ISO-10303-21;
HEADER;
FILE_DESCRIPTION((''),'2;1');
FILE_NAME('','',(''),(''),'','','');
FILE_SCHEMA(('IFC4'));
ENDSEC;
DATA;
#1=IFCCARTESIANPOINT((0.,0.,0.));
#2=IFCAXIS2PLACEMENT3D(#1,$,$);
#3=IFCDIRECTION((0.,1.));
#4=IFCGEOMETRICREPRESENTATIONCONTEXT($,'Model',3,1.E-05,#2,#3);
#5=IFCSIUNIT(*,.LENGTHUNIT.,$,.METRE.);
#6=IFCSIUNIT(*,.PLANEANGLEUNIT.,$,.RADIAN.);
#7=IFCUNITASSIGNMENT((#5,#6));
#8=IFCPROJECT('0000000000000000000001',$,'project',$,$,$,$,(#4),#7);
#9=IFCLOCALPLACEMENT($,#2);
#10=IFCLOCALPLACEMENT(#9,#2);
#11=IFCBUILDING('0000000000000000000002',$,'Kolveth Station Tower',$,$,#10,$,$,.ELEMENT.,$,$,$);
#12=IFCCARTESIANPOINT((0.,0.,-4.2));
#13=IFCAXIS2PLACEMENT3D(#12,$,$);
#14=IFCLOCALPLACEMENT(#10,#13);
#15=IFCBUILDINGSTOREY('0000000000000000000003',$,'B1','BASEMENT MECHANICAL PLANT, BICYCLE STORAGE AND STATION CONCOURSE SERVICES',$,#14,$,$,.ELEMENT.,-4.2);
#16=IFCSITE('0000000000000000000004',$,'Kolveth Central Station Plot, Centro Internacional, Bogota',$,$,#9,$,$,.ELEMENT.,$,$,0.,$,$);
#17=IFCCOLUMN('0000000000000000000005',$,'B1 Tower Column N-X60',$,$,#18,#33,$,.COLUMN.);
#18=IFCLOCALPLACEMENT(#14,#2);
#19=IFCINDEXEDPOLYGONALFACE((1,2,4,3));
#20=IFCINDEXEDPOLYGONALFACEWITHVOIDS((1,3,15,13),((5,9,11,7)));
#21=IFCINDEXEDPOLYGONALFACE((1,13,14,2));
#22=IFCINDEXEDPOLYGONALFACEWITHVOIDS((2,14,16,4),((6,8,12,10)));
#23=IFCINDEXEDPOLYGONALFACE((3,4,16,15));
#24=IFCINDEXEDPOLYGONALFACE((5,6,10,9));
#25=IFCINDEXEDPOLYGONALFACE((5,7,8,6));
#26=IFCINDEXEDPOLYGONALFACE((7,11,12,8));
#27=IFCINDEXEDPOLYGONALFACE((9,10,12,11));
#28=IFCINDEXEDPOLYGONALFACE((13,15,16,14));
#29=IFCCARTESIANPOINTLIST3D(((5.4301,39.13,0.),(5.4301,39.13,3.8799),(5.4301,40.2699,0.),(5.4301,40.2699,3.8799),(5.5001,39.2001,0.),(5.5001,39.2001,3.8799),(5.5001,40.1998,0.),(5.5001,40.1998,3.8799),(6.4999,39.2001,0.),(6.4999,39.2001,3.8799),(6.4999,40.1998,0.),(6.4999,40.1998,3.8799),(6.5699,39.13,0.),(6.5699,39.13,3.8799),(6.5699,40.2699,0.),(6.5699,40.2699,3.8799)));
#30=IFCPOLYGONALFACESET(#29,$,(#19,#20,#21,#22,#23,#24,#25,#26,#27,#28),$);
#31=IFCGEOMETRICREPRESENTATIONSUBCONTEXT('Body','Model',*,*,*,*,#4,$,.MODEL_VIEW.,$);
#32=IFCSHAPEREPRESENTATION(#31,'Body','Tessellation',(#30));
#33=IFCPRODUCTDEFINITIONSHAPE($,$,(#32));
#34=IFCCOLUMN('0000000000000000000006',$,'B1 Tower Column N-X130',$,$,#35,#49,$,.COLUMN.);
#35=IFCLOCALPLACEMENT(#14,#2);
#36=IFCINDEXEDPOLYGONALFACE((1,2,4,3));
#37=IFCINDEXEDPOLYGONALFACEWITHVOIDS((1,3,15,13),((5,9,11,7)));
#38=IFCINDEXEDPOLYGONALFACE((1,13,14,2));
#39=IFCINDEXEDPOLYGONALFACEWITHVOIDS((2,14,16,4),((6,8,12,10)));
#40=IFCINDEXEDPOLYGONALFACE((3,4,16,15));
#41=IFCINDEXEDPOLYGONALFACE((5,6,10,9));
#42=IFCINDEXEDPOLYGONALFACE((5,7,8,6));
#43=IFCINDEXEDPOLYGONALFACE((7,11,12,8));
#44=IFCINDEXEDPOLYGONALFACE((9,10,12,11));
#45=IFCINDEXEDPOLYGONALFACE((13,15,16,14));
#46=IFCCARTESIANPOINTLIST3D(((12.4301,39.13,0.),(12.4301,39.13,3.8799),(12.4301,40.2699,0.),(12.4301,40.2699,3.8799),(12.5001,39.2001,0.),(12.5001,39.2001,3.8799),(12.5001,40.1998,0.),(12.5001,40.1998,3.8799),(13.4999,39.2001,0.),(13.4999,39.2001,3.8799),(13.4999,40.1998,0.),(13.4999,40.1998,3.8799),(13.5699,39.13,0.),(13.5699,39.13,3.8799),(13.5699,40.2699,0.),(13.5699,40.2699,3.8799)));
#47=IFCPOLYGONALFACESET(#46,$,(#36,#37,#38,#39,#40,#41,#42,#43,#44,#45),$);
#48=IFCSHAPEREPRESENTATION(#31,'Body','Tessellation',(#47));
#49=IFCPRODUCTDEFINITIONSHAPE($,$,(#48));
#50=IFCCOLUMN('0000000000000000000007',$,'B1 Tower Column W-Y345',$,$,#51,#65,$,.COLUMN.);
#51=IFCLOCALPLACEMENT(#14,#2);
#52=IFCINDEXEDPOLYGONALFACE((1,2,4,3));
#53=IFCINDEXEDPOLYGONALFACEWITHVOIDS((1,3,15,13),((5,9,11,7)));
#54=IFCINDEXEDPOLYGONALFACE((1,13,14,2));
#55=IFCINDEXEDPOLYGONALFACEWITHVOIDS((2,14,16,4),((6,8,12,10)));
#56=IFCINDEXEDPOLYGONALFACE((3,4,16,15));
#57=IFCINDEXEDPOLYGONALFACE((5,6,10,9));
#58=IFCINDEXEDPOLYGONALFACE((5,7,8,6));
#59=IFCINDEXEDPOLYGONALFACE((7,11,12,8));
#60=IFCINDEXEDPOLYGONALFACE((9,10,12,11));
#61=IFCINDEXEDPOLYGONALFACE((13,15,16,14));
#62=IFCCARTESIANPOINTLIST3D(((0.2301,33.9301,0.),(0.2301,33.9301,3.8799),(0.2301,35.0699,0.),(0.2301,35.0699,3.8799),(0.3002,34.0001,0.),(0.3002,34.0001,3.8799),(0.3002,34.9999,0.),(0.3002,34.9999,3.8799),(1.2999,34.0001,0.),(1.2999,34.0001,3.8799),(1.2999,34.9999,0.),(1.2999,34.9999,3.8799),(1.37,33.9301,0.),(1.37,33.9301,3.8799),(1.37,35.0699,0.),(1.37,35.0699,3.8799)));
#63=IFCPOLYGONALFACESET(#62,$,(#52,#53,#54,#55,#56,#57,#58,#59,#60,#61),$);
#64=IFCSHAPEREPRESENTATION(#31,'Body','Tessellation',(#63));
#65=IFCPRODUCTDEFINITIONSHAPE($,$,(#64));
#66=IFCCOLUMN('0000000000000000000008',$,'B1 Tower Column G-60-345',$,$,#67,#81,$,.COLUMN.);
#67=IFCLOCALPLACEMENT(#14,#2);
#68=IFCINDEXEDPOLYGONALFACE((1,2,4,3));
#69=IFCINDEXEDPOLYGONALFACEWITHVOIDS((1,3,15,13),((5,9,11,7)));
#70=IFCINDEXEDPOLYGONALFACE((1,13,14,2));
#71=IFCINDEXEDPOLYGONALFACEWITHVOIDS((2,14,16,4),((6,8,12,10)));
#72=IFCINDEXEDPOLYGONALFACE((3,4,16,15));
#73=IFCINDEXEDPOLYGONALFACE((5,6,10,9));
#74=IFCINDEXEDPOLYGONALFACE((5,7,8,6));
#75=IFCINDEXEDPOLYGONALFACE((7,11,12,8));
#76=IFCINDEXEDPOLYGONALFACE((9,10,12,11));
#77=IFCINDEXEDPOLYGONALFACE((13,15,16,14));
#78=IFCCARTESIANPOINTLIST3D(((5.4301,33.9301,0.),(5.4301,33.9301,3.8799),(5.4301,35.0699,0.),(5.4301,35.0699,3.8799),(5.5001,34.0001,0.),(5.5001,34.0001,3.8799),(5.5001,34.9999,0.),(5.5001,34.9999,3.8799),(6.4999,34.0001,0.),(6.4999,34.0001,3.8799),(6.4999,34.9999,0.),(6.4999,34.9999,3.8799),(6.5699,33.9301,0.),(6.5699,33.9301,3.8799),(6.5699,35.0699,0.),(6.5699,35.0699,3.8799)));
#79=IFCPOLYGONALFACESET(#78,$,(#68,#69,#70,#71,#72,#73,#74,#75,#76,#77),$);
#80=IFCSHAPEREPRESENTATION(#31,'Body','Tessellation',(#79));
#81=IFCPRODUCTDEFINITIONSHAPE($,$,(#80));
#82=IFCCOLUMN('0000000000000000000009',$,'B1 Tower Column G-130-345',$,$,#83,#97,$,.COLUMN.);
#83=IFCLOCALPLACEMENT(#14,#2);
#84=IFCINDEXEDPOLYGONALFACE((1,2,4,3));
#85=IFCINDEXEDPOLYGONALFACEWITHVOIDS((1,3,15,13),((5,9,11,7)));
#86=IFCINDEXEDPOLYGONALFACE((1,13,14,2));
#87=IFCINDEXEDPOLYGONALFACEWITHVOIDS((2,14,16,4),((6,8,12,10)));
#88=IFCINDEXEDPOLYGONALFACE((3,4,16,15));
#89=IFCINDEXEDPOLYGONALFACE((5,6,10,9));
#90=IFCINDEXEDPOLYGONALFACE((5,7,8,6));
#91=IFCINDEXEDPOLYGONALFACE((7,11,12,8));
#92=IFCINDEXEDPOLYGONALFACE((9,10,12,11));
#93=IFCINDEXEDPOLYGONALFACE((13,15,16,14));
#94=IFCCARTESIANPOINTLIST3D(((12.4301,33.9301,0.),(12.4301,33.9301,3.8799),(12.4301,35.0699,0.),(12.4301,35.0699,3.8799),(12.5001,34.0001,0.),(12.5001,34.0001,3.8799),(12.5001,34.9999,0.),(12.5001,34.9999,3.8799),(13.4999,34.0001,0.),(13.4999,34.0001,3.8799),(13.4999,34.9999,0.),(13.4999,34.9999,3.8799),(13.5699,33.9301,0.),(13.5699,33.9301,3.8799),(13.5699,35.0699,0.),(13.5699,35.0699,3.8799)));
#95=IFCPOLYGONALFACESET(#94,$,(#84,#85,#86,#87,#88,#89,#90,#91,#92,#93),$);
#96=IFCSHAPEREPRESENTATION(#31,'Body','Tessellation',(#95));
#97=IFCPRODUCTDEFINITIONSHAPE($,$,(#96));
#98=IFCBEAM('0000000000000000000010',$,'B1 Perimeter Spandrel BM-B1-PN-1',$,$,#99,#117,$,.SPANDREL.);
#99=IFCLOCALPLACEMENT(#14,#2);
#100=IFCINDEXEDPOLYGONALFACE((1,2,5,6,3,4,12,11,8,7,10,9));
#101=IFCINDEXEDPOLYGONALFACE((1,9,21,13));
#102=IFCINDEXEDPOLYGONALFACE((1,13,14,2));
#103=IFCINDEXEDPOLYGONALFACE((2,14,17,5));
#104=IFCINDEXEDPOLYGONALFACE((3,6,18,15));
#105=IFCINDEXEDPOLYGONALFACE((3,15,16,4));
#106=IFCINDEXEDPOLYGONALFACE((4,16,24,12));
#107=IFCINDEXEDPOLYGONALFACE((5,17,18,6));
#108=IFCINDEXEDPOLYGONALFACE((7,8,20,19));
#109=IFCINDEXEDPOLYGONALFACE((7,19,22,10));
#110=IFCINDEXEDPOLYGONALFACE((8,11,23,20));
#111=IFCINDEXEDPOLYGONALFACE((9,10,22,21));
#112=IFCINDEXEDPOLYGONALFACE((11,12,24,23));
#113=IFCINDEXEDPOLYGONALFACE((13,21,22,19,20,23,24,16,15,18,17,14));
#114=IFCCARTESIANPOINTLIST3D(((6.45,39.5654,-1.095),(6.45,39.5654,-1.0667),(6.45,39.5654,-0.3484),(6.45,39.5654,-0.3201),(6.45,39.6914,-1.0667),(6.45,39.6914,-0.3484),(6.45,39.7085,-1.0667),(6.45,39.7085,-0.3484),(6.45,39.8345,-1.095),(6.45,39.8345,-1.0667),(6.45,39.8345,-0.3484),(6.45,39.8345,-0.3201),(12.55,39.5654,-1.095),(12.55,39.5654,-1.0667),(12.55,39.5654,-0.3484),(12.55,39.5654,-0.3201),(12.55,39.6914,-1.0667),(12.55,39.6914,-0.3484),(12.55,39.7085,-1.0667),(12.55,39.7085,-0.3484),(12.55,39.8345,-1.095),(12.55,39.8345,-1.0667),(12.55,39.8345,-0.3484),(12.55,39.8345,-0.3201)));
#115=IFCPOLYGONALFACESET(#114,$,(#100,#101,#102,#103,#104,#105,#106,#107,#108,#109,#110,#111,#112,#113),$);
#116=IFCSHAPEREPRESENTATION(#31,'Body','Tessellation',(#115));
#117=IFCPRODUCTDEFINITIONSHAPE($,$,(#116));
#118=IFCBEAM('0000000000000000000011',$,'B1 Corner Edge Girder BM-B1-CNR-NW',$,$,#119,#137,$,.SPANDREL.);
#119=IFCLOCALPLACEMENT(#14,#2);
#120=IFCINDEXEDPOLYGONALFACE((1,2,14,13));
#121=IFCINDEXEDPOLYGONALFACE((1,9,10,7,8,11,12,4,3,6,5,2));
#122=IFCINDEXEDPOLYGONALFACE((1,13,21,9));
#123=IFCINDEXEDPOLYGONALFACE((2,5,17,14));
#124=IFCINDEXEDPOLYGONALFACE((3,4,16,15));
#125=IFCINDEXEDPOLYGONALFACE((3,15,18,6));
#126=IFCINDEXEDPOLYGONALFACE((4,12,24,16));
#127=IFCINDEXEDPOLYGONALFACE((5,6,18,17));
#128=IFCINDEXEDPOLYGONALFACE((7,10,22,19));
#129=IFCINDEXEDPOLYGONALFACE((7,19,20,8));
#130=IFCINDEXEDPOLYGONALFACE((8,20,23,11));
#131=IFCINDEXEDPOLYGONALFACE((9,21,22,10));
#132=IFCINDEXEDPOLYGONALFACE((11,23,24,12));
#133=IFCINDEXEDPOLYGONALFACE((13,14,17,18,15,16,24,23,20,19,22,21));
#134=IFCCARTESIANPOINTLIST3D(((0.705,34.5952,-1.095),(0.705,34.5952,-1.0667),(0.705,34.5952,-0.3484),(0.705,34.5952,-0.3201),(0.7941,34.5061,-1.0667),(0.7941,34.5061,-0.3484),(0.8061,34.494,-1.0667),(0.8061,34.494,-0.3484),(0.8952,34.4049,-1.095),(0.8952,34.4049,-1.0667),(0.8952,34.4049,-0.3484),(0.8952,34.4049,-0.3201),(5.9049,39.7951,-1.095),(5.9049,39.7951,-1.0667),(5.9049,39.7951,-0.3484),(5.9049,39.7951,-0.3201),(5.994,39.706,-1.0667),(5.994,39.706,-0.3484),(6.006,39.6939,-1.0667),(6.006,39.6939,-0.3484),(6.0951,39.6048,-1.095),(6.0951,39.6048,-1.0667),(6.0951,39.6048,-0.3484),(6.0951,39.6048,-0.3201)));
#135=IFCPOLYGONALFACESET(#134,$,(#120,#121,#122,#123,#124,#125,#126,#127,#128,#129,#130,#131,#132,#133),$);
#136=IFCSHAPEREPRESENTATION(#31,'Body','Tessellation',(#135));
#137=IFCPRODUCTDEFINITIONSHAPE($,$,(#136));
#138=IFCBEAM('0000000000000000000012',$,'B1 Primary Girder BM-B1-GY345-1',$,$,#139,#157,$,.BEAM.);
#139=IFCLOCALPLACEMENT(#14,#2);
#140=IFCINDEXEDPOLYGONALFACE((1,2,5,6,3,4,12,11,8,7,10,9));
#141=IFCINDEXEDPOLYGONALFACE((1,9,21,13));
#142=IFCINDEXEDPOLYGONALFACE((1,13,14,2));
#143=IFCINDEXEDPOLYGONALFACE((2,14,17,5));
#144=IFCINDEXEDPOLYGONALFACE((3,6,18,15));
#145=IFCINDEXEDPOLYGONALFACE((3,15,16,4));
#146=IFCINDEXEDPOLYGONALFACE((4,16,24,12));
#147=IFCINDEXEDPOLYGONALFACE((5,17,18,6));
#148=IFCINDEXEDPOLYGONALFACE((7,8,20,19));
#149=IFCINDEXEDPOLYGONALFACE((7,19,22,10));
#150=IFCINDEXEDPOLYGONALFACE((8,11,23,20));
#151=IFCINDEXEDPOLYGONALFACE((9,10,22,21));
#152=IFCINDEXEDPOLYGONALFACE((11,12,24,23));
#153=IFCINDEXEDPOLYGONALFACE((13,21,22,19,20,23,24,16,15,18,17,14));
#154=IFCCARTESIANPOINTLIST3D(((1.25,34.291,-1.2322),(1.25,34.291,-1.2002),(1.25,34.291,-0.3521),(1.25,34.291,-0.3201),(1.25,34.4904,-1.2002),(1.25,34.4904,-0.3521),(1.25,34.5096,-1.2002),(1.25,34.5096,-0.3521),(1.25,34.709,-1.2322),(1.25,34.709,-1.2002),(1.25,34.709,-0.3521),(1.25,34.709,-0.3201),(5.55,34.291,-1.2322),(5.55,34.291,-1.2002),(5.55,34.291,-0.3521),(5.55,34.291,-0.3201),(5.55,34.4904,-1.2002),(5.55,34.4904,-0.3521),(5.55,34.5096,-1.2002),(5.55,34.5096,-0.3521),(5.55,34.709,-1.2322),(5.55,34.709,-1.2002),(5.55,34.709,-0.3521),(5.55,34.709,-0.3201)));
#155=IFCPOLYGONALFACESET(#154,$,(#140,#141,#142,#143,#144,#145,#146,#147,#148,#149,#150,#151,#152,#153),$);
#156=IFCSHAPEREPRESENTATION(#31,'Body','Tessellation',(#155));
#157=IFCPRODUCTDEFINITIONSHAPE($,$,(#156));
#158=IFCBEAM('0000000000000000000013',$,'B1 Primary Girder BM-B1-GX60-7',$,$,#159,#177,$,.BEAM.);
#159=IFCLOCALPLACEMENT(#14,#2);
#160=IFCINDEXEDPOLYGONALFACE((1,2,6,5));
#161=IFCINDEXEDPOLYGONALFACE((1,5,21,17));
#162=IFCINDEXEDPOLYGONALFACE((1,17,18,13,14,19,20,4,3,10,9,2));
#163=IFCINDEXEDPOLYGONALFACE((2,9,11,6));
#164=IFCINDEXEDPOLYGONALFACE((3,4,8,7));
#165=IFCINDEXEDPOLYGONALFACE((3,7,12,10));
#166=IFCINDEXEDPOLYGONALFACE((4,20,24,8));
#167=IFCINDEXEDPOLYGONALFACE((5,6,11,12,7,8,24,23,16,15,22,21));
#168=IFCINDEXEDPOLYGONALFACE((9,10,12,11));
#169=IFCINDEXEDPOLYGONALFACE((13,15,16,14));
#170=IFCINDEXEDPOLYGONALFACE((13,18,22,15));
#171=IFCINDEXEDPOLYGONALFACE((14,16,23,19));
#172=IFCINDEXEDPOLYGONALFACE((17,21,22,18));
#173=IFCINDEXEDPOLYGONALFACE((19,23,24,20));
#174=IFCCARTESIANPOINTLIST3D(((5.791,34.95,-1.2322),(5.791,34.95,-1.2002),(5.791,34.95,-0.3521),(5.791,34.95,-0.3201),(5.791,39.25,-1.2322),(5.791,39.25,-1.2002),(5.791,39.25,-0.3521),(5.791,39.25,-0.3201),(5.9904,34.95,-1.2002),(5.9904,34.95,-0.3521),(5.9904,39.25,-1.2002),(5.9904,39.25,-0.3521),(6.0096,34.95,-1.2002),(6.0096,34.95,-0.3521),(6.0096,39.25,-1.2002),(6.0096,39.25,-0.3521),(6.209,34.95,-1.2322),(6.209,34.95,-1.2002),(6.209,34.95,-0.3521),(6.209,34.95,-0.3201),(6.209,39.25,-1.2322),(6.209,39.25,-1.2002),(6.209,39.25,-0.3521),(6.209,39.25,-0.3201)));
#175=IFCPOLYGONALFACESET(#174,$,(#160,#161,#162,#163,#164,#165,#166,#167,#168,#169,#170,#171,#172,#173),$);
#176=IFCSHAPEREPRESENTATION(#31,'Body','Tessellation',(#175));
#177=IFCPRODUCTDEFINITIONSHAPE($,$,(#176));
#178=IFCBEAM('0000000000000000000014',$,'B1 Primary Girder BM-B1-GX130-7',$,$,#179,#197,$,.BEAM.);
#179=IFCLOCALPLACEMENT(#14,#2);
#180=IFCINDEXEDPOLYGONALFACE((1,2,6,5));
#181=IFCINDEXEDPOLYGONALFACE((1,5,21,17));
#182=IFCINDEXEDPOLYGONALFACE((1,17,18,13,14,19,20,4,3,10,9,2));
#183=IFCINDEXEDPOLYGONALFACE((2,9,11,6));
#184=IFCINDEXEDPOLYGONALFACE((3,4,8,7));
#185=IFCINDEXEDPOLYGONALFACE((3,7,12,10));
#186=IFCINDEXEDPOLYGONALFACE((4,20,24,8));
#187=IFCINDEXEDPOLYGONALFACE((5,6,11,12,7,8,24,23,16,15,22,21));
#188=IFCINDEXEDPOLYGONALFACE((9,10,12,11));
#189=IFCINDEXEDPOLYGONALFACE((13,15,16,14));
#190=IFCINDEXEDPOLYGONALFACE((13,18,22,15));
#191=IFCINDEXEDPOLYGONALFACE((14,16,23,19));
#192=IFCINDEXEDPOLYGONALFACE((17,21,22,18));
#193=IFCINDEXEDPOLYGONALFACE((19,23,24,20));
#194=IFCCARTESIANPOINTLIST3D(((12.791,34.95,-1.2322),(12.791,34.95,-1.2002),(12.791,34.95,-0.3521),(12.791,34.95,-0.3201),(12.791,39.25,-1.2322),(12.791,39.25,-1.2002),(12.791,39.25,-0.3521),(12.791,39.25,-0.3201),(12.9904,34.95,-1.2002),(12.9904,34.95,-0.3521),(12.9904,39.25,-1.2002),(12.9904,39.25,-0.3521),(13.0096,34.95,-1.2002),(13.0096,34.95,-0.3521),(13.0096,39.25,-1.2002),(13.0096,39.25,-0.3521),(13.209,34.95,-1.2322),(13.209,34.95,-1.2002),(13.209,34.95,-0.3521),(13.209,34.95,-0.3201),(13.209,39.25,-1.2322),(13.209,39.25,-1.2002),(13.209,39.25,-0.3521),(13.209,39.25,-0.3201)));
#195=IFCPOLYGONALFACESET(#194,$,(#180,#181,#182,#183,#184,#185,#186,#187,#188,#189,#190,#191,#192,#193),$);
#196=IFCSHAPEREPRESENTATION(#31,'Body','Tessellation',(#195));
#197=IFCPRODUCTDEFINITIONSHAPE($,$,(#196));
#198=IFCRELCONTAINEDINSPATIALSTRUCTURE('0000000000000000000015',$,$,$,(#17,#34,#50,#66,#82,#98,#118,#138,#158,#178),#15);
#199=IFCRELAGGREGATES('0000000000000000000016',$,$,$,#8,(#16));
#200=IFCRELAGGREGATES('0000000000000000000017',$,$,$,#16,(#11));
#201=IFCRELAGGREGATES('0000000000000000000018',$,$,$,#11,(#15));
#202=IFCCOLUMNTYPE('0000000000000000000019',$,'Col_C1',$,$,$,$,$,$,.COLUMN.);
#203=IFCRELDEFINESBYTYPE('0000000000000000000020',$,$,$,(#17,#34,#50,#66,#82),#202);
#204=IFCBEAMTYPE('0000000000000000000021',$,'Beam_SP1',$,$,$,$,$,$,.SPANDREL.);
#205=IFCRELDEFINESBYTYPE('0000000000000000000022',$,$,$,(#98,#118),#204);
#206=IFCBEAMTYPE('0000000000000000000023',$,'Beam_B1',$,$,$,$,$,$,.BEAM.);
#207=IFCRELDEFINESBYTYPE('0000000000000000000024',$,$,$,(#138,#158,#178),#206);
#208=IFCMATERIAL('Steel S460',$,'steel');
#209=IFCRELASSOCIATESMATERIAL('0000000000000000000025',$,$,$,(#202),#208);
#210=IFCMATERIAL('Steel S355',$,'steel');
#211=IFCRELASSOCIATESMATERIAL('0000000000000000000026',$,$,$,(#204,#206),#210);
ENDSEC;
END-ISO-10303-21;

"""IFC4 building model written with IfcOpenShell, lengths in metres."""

from ifc_helpers import new_model, si_unit, direction, frame, origin, origin_2d, place, context, subcontext, project, spatial, hollow_rectangle, i_section, extrude, source, transform, mapped, material, material_profile, profile_set, type_object, element, save


model = new_model("IFC4")

# Units and contexts
model_context = context("Model", 3, precision=1e-05, world=origin(), true_north=direction((0.0, 1.0)))
body_context = subcontext(model_context, "Body", "Model", "MODEL_VIEW")
ifc_project = project(units=[si_unit("LENGTHUNIT", "METRE"), si_unit("PLANEANGLEUNIT", "RADIAN")], contexts=[model_context])

# Site, building, storey
site_placement = place(None, origin())
site = spatial("IfcSite", under=ifc_project, at=site_placement, Name="Kolveth Central Station Plot, Centro Internacional, Bogota", CompositionType="ELEMENT", RefElevation=0.0)
building_placement = place(site_placement, origin())
building = spatial("IfcBuilding", under=site, at=building_placement, Name="Kolveth Station Tower", CompositionType="ELEMENT")
storey_placement = place(building_placement, frame((0.0, 0.0, -4.2)))
storey = spatial("IfcBuildingStorey", under=building, at=storey_placement, Name="B1", Description="BASEMENT MECHANICAL PLANT, BICYCLE STORAGE AND STATION CONCOURSE SERVICES", CompositionType="ELEMENT", Elevation=-4.2)

# Columns
ifc_material_1 = material(Name="Steel S460", Category="steel")
ifc_material_profile_1 = material_profile(ifc_material_1, hollow_rectangle(XDim=1.1399, YDim=1.1399, WallThickness=0.0701, at=origin_2d()), Name="BOX1140x1140x70")
ifc_profile_set_1 = profile_set([ifc_material_profile_1], Name="Steel S460")
column_type = type_object("IfcColumnType", Name="Col_C1", PredefinedType="COLUMN", material=ifc_profile_set_1)
shared_shape_1 = source(origin(), body_context, "Body", "SweptSolid", [
    extrude(hollow_rectangle(XDim=1.1399, YDim=1.1399, WallThickness=0.0701, at=origin_2d()), origin(), (0.0, 0.0, 1.0), 3.8799),
])
for number, where, z_axis, x_axis, name in (
    (1, (6.0, 39.7, 0.0), (0.0, 0.0, 1.0), (1.0, 0.0, 0.0), "B1 Tower Column N-X60"),
    (2, (13.0, 39.7, 0.0), (0.0, 0.0, 1.0), (1.0, 0.0, 0.0), "B1 Tower Column N-X130"),
    (3, (0.8, 34.5, 0.0), (0.0, 0.0, 1.0), (1.0, 0.0, 0.0), "B1 Tower Column W-Y345"),
    (4, (6.0, 34.5, 0.0), (0.0, 0.0, 1.0), (1.0, 0.0, 0.0), "B1 Tower Column G-60-345"),
    (5, (13.0, 34.5, 0.0), (0.0, 0.0, 1.0), (1.0, 0.0, 0.0), "B1 Tower Column G-130-345"),
):
    element("IfcColumn", number, at=place(storey_placement, frame(where, z_axis=z_axis, x_axis=x_axis)), inside=storey, type_object=column_type, Name=name, PredefinedType="COLUMN", context=body_context, shape_type="MappedRepresentation", body=[
        mapped(shared_shape_1, transform((0.0, 0.0, 0.0), x_axis=(1.0, 0.0, 0.0), y_axis=(0.0, 1.0, 0.0), z_axis=(0.0, 0.0, 1.0), scale=1.0)),
    ])

# Beams
ifc_material_2 = material(Name="Steel S355", Category="steel")
ifc_material_profile_2 = material_profile(ifc_material_2, i_section(OverallWidth=0.269, OverallDepth=0.7749, WebThickness=0.0171, FlangeThickness=0.0283, at=origin_2d()), Name="W760x220")
ifc_profile_set_2 = profile_set([ifc_material_profile_2], Name="Steel S355")
beam_type_1 = type_object("IfcBeamType", Name="Beam_SP1", PredefinedType="SPANDREL", material=ifc_profile_set_2)
shared_shape_2 = source(origin(), body_context, "Body", "SweptSolid", [
    extrude(i_section(OverallWidth=0.269, OverallDepth=0.7749, WebThickness=0.0171, FlangeThickness=0.0283, at=origin_2d()), origin(), (0.0, 0.0, 1.0), 6.1001),
])
beam_1_placement = place(storey_placement, frame((6.45, 39.7, -0.7075), z_axis=(1.0, 0.0, 0.0), x_axis=(0.0, 1.0, 0.0)))
element("IfcBeam", 6, at=beam_1_placement, inside=storey, type_object=beam_type_1, Name="B1 Perimeter Spandrel BM-B1-PN-1", PredefinedType="SPANDREL", context=body_context, shape_type="MappedRepresentation", body=[
    mapped(shared_shape_2, transform((0.0, 0.0, 0.0), x_axis=(1.0, 0.0, 0.0), y_axis=(0.0, 1.0, 0.0), z_axis=(0.0, 0.0, 1.0), scale=1.0)),
])
shared_shape_3 = source(origin(), body_context, "Body", "SweptSolid", [
    extrude(i_section(OverallWidth=0.269, OverallDepth=0.7749, WebThickness=0.0171, FlangeThickness=0.0283, at=origin_2d()), origin(), (0.0, 0.0, 1.0), 7.3538),
])
beam_2_placement = place(storey_placement, frame((6.0, 39.7, -0.7075), z_axis=(-0.707107, -0.707107, 0.0), x_axis=(0.707107, -0.707107, 0.0)))
element("IfcBeam", 7, at=beam_2_placement, inside=storey, type_object=beam_type_1, Name="B1 Corner Edge Girder BM-B1-CNR-NW", PredefinedType="SPANDREL", context=body_context, shape_type="MappedRepresentation", body=[
    mapped(shared_shape_3, transform((0.0, 0.0, 0.0), x_axis=(1.0, 0.0, 0.0), y_axis=(0.0, 1.0, 0.0), z_axis=(0.0, 0.0, 1.0), scale=1.0)),
])
ifc_material_profile_3 = material_profile(ifc_material_2, i_section(OverallWidth=0.418, OverallDepth=0.9121, WebThickness=0.0193, FlangeThickness=0.032, at=origin_2d()), Name="W920x342")
ifc_profile_set_3 = profile_set([ifc_material_profile_3], Name="Steel S355")
beam_type_2 = type_object("IfcBeamType", Name="Beam_B1", PredefinedType="BEAM", material=ifc_profile_set_3)
shared_shape_4 = source(origin(), body_context, "Body", "SweptSolid", [
    extrude(i_section(OverallWidth=0.418, OverallDepth=0.9121, WebThickness=0.0193, FlangeThickness=0.032, at=origin_2d()), origin(), (0.0, 0.0, 1.0), 4.3),
])
for number, where, z_axis, x_axis, name in (
    (8, (1.25, 34.5, -0.7761), (1.0, 0.0, 0.0), (0.0, 1.0, 0.0), "B1 Primary Girder BM-B1-GY345-1"),
    (9, (6.0, 34.95, -0.7761), (0.0, 1.0, 0.0), (-1.0, 0.0, 0.0), "B1 Primary Girder BM-B1-GX60-7"),
    (10, (13.0, 34.95, -0.7761), (0.0, 1.0, 0.0), (-1.0, 0.0, 0.0), "B1 Primary Girder BM-B1-GX130-7"),
):
    element("IfcBeam", number, at=place(storey_placement, frame(where, z_axis=z_axis, x_axis=x_axis)), inside=storey, type_object=beam_type_2, Name=name, PredefinedType="BEAM", context=body_context, shape_type="MappedRepresentation", body=[
        mapped(shared_shape_4, transform((0.0, 0.0, 0.0), x_axis=(1.0, 0.0, 0.0), y_axis=(0.0, 1.0, 0.0), z_axis=(0.0, 0.0, 1.0), scale=1.0)),
    ])

save(model, "model.ifc")
